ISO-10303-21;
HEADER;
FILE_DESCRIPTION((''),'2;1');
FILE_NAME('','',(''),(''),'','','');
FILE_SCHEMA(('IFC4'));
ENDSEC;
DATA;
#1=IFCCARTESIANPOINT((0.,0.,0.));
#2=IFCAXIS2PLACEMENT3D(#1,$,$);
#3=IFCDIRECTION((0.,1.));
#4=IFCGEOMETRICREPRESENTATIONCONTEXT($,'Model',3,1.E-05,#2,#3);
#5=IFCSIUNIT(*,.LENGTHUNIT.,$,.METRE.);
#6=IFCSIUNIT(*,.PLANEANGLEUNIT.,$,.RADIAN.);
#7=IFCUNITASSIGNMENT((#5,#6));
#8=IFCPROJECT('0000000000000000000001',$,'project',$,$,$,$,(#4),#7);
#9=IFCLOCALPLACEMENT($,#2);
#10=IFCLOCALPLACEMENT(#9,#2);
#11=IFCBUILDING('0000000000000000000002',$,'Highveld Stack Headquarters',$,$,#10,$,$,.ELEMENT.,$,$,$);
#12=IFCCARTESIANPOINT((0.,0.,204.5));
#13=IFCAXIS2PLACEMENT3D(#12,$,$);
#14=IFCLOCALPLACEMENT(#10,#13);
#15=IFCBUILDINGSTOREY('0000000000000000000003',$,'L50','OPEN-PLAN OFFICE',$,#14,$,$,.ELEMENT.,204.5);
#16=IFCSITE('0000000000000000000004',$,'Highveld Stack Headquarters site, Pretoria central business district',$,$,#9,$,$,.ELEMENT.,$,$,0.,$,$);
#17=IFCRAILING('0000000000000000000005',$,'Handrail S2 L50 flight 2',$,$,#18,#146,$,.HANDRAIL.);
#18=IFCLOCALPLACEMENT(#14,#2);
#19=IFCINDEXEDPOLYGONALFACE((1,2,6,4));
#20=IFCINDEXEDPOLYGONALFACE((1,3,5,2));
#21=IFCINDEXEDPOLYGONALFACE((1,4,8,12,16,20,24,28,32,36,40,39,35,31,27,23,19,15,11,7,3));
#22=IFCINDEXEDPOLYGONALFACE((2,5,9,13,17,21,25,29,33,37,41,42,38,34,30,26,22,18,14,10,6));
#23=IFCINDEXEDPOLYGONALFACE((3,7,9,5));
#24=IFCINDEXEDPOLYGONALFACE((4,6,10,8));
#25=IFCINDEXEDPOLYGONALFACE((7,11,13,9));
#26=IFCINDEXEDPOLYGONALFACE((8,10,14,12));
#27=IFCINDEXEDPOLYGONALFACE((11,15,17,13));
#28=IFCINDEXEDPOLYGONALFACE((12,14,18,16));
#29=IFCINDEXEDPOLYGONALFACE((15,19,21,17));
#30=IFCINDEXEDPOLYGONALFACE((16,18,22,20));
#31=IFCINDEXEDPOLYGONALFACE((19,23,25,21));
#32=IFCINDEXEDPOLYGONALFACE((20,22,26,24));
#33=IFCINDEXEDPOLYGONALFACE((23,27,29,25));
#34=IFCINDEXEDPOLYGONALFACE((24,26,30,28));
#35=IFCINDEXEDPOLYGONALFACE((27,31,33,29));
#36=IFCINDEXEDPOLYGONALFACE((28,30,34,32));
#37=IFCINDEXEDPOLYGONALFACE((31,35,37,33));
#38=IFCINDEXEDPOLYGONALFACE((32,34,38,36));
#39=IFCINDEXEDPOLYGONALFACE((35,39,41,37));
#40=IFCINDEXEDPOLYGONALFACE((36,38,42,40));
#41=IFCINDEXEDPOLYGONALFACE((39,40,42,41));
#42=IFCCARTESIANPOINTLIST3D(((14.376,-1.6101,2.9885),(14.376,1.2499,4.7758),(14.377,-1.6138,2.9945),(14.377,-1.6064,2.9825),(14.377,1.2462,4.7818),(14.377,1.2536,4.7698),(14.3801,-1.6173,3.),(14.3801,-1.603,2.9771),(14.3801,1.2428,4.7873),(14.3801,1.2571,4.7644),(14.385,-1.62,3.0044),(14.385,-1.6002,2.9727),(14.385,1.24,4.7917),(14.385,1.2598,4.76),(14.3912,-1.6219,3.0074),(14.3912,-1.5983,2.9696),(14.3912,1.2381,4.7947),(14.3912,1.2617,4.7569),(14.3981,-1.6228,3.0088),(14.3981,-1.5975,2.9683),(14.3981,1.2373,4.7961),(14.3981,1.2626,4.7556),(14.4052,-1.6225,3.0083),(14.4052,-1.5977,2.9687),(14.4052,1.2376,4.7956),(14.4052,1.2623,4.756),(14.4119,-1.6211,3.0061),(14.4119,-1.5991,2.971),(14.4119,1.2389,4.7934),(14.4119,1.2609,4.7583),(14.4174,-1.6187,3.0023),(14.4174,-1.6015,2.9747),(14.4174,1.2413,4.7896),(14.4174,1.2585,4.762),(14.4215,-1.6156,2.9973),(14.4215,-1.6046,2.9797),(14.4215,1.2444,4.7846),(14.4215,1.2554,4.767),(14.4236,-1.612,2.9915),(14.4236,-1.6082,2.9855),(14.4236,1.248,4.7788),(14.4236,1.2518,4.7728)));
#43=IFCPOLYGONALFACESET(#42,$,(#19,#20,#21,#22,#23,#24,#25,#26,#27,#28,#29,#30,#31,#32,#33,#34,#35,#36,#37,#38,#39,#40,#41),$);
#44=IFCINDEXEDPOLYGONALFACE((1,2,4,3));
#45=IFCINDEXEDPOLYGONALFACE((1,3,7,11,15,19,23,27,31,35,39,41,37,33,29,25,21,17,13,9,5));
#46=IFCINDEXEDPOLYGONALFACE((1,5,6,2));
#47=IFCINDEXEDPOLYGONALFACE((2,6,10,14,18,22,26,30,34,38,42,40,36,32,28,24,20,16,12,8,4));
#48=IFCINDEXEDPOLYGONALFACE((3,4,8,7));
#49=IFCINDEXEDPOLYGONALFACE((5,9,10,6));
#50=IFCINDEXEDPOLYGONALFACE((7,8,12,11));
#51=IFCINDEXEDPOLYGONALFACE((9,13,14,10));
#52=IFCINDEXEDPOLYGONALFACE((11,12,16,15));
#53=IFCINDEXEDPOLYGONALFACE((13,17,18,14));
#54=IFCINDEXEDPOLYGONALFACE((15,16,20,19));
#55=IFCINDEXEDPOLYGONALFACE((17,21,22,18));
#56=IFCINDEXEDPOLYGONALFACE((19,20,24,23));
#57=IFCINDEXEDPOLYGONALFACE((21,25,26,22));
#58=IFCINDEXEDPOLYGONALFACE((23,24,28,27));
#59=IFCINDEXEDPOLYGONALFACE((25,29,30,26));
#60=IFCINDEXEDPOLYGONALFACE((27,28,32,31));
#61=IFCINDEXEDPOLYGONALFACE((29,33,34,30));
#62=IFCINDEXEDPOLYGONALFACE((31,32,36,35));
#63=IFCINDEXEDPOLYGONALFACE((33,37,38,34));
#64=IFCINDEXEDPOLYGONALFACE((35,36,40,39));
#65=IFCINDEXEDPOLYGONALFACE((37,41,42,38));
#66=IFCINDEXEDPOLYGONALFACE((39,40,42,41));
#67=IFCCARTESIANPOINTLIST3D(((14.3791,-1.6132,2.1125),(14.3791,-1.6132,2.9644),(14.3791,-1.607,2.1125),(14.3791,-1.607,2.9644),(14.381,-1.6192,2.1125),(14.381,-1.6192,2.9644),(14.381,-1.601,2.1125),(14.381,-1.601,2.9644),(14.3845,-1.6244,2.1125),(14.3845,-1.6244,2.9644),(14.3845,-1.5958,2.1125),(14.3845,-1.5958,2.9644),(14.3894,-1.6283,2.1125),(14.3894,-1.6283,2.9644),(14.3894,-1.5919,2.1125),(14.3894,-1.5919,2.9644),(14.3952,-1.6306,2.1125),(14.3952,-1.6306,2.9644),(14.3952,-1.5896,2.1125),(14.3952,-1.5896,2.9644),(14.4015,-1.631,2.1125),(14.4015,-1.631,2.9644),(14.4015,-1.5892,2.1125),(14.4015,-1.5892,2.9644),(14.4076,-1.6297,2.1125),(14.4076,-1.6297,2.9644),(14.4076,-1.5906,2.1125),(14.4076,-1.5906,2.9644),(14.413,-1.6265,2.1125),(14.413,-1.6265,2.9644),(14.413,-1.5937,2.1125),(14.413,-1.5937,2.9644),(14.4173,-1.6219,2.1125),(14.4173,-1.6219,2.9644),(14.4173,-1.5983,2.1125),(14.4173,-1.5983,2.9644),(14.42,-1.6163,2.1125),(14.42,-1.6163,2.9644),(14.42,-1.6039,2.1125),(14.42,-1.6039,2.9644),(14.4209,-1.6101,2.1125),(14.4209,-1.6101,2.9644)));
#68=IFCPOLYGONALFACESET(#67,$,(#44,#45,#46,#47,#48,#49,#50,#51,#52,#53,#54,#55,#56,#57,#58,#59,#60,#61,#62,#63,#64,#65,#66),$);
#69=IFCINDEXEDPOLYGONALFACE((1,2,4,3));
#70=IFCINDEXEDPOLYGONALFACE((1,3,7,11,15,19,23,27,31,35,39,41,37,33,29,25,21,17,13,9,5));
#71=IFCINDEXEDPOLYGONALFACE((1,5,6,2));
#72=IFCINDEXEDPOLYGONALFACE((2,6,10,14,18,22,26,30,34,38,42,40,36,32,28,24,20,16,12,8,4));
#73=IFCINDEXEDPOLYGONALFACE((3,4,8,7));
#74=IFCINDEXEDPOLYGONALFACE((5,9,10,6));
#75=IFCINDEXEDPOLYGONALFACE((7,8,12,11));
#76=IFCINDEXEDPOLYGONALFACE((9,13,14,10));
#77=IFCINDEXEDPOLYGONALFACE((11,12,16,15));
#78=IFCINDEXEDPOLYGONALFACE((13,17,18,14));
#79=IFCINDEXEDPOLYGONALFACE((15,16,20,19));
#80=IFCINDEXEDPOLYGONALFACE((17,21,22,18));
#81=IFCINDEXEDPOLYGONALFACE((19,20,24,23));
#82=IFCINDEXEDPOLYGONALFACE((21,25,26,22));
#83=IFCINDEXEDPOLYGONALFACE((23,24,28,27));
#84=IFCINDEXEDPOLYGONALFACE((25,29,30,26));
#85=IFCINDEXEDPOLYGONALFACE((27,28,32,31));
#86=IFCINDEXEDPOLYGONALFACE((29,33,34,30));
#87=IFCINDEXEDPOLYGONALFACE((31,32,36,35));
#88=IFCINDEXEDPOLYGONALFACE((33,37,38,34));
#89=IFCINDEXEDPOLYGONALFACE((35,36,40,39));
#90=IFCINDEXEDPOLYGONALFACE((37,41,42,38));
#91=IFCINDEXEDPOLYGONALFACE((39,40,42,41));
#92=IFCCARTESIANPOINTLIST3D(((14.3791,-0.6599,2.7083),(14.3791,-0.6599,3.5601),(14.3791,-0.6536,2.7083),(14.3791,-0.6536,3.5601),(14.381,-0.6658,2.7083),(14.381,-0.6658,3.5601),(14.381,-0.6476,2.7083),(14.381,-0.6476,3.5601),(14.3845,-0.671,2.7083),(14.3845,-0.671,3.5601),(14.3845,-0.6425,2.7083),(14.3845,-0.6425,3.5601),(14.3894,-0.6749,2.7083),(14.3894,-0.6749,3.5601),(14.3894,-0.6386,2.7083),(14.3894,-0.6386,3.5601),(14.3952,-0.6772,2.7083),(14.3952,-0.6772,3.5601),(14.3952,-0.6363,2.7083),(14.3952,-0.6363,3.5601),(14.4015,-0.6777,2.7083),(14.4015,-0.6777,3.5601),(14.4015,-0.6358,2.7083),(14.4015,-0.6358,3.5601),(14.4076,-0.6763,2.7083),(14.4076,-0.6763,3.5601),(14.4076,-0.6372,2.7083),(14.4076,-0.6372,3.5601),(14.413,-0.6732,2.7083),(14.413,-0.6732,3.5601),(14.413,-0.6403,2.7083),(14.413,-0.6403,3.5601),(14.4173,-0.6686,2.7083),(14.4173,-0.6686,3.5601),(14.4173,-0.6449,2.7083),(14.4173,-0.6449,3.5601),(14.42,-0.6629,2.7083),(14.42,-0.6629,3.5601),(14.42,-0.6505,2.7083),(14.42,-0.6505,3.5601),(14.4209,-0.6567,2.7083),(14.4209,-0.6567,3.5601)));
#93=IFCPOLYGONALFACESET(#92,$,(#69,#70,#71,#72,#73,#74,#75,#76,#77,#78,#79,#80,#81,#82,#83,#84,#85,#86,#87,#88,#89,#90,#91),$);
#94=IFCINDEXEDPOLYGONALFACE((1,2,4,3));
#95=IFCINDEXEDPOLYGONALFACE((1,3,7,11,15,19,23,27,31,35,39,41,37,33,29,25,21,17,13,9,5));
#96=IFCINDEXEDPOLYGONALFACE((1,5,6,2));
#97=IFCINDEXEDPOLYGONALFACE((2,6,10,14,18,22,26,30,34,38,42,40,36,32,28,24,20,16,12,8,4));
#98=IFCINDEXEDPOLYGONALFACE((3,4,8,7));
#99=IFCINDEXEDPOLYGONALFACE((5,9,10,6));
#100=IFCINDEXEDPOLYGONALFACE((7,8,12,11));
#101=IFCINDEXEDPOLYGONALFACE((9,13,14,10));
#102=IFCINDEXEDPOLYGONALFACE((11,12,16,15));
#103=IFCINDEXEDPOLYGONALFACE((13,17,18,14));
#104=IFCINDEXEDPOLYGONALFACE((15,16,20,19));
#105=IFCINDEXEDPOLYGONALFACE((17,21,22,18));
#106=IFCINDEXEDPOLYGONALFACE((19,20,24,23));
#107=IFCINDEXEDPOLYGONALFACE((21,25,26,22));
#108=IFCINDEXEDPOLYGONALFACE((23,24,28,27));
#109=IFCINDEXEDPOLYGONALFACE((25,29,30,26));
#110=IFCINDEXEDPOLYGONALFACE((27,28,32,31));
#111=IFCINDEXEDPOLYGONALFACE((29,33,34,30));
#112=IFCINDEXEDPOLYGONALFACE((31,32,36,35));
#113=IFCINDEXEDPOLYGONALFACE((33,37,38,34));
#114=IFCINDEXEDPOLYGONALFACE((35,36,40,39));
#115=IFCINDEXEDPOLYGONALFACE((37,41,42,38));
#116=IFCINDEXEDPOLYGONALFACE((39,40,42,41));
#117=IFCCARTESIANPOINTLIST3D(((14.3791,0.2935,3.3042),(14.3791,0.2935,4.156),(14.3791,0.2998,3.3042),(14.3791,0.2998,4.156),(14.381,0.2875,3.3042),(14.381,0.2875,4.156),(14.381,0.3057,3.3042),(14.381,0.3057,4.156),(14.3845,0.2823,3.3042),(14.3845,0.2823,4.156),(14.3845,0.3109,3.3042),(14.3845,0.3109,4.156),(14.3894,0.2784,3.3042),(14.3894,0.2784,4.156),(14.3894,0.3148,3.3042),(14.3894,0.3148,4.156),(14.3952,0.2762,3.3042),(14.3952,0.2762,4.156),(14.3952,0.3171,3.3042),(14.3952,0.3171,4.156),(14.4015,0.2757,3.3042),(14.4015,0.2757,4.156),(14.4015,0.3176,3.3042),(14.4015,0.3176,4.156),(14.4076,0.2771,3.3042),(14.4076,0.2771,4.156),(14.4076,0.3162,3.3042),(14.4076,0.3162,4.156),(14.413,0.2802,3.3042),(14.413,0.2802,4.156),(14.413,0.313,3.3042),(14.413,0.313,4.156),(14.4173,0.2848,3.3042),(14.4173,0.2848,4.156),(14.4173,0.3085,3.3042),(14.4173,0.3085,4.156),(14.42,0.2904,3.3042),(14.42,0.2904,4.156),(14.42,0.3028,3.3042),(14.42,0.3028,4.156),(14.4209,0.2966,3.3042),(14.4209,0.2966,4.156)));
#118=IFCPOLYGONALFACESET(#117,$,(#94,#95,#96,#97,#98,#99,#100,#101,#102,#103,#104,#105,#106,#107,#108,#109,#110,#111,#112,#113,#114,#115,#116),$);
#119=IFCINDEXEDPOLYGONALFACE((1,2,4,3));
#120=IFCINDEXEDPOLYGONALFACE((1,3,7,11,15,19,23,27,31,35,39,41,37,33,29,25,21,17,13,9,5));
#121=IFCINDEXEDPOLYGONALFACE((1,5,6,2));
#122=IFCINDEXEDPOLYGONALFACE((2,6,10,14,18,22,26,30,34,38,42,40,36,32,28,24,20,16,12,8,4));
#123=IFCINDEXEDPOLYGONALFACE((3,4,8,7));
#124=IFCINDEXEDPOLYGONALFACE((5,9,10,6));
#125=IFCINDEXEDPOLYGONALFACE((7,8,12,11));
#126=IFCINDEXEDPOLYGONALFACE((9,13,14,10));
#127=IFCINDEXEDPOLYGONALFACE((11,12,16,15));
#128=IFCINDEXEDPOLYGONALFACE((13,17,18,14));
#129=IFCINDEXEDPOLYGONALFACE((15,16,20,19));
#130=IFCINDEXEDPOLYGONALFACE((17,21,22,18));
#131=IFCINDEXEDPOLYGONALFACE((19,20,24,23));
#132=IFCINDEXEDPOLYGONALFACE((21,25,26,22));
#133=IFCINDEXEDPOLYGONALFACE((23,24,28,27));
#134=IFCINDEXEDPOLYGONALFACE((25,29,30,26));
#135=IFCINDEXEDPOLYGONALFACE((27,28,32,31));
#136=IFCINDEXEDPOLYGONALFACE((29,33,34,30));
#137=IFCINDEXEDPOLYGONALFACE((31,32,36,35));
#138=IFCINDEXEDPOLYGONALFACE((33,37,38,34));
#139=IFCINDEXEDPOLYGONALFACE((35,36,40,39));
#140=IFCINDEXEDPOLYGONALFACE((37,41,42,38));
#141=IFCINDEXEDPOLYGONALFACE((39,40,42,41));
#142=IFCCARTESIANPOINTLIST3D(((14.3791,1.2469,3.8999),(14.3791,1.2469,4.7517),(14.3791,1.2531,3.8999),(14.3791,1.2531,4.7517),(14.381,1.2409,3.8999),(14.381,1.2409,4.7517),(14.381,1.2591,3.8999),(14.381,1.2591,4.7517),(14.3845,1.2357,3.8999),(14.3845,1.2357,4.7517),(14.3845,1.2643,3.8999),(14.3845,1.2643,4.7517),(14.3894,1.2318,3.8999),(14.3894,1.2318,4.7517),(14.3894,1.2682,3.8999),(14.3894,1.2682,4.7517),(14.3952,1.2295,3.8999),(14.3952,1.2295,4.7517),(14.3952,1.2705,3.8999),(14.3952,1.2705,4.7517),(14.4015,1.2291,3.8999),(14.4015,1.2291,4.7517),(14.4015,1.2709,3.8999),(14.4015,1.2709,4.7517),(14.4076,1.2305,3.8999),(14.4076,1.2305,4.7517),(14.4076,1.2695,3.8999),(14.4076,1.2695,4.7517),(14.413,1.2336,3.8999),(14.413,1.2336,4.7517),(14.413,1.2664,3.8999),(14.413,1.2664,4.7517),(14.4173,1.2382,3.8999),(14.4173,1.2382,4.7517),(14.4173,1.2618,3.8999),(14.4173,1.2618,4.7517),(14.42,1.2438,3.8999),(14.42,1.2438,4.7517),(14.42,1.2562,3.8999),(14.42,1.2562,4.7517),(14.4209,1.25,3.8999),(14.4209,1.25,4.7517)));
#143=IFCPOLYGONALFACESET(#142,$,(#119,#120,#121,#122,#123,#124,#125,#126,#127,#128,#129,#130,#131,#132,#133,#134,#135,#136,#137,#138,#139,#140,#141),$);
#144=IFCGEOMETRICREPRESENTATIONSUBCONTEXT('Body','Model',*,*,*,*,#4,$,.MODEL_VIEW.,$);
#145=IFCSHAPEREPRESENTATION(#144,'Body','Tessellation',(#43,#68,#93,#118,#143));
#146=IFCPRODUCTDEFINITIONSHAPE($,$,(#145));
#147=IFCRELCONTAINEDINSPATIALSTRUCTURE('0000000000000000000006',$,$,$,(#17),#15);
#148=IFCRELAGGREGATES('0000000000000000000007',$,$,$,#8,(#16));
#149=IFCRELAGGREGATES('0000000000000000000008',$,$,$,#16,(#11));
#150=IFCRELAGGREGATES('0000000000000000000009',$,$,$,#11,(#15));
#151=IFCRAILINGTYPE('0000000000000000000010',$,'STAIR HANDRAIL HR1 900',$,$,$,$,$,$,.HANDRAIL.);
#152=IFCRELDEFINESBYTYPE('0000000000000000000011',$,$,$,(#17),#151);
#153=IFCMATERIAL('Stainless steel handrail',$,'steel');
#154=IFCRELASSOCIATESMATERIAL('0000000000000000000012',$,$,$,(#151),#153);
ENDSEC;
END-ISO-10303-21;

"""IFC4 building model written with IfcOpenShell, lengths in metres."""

from ifc_helpers import new_model, si_unit, direction, frame, origin, origin_2d, place, context, subcontext, project, spatial, circle, extrude, material, type_object, element, save


model = new_model("IFC4")

# Units and contexts
model_context = context("Model", 3, precision=1e-05, world=origin(), true_north=direction((0.0, 1.0)))
body_context = subcontext(model_context, "Body", "Model", "MODEL_VIEW")
ifc_project = project(units=[si_unit("LENGTHUNIT", "METRE"), si_unit("PLANEANGLEUNIT", "RADIAN")], contexts=[model_context])

# Site, building, storey
site_placement = place(None, origin())
site = spatial("IfcSite", under=ifc_project, at=site_placement, Name="Highveld Stack Headquarters site, Pretoria central business district", CompositionType="ELEMENT", RefElevation=0.0)
building_placement = place(site_placement, origin())
building = spatial("IfcBuilding", under=site, at=building_placement, Name="Highveld Stack Headquarters", CompositionType="ELEMENT")
storey_placement = place(building_placement, frame((0.0, 0.0, 204.5)))
storey = spatial("IfcBuildingStorey", under=building, at=storey_placement, Name="L50", Description="OPEN-PLAN OFFICE", CompositionType="ELEMENT", Elevation=204.5)

# Railing
ifc_material_1 = material(Name="Stainless steel handrail", Category="steel")
railing_type = type_object("IfcRailingType", Name="STAIR HANDRAIL HR1 900", PredefinedType="HANDRAIL", material=ifc_material_1)
for number, where, name in (
    (1, (14.3999, -1.6101, 2.1125), "Handrail S2 L50 flight 2"),
):
    element("IfcRailing", number, at=place(storey_placement, frame(where)), inside=storey, type_object=railing_type, Name=name, PredefinedType="HANDRAIL", context=body_context, shape_type="SweptSolid", body=[
        extrude(circle(Radius=0.0239, at=origin_2d()), frame((0.0, 0.0, 0.876), z_axis=(0.0, 0.848027, 0.529953), x_axis=(-1.0, 0.0, 0.0)), (0.0, 0.0, 1.0), 3.3726),
        extrude(circle(Radius=0.021, at=origin_2d()), origin(), (0.0, 0.0, 1.0), 0.8518),
        extrude(circle(Radius=0.021, at=origin_2d()), frame((0.0, 0.9534, 0.5957)), (0.0, 0.0, 1.0), 0.8518),
        extrude(circle(Radius=0.021, at=origin_2d()), frame((0.0, 1.9067, 1.1917)), (0.0, 0.0, 1.0), 0.8518),
        extrude(circle(Radius=0.021, at=origin_2d()), frame((0.0, 2.8601, 1.7874)), (0.0, 0.0, 1.0), 0.8518),
    ])

save(model, "model.ifc")
